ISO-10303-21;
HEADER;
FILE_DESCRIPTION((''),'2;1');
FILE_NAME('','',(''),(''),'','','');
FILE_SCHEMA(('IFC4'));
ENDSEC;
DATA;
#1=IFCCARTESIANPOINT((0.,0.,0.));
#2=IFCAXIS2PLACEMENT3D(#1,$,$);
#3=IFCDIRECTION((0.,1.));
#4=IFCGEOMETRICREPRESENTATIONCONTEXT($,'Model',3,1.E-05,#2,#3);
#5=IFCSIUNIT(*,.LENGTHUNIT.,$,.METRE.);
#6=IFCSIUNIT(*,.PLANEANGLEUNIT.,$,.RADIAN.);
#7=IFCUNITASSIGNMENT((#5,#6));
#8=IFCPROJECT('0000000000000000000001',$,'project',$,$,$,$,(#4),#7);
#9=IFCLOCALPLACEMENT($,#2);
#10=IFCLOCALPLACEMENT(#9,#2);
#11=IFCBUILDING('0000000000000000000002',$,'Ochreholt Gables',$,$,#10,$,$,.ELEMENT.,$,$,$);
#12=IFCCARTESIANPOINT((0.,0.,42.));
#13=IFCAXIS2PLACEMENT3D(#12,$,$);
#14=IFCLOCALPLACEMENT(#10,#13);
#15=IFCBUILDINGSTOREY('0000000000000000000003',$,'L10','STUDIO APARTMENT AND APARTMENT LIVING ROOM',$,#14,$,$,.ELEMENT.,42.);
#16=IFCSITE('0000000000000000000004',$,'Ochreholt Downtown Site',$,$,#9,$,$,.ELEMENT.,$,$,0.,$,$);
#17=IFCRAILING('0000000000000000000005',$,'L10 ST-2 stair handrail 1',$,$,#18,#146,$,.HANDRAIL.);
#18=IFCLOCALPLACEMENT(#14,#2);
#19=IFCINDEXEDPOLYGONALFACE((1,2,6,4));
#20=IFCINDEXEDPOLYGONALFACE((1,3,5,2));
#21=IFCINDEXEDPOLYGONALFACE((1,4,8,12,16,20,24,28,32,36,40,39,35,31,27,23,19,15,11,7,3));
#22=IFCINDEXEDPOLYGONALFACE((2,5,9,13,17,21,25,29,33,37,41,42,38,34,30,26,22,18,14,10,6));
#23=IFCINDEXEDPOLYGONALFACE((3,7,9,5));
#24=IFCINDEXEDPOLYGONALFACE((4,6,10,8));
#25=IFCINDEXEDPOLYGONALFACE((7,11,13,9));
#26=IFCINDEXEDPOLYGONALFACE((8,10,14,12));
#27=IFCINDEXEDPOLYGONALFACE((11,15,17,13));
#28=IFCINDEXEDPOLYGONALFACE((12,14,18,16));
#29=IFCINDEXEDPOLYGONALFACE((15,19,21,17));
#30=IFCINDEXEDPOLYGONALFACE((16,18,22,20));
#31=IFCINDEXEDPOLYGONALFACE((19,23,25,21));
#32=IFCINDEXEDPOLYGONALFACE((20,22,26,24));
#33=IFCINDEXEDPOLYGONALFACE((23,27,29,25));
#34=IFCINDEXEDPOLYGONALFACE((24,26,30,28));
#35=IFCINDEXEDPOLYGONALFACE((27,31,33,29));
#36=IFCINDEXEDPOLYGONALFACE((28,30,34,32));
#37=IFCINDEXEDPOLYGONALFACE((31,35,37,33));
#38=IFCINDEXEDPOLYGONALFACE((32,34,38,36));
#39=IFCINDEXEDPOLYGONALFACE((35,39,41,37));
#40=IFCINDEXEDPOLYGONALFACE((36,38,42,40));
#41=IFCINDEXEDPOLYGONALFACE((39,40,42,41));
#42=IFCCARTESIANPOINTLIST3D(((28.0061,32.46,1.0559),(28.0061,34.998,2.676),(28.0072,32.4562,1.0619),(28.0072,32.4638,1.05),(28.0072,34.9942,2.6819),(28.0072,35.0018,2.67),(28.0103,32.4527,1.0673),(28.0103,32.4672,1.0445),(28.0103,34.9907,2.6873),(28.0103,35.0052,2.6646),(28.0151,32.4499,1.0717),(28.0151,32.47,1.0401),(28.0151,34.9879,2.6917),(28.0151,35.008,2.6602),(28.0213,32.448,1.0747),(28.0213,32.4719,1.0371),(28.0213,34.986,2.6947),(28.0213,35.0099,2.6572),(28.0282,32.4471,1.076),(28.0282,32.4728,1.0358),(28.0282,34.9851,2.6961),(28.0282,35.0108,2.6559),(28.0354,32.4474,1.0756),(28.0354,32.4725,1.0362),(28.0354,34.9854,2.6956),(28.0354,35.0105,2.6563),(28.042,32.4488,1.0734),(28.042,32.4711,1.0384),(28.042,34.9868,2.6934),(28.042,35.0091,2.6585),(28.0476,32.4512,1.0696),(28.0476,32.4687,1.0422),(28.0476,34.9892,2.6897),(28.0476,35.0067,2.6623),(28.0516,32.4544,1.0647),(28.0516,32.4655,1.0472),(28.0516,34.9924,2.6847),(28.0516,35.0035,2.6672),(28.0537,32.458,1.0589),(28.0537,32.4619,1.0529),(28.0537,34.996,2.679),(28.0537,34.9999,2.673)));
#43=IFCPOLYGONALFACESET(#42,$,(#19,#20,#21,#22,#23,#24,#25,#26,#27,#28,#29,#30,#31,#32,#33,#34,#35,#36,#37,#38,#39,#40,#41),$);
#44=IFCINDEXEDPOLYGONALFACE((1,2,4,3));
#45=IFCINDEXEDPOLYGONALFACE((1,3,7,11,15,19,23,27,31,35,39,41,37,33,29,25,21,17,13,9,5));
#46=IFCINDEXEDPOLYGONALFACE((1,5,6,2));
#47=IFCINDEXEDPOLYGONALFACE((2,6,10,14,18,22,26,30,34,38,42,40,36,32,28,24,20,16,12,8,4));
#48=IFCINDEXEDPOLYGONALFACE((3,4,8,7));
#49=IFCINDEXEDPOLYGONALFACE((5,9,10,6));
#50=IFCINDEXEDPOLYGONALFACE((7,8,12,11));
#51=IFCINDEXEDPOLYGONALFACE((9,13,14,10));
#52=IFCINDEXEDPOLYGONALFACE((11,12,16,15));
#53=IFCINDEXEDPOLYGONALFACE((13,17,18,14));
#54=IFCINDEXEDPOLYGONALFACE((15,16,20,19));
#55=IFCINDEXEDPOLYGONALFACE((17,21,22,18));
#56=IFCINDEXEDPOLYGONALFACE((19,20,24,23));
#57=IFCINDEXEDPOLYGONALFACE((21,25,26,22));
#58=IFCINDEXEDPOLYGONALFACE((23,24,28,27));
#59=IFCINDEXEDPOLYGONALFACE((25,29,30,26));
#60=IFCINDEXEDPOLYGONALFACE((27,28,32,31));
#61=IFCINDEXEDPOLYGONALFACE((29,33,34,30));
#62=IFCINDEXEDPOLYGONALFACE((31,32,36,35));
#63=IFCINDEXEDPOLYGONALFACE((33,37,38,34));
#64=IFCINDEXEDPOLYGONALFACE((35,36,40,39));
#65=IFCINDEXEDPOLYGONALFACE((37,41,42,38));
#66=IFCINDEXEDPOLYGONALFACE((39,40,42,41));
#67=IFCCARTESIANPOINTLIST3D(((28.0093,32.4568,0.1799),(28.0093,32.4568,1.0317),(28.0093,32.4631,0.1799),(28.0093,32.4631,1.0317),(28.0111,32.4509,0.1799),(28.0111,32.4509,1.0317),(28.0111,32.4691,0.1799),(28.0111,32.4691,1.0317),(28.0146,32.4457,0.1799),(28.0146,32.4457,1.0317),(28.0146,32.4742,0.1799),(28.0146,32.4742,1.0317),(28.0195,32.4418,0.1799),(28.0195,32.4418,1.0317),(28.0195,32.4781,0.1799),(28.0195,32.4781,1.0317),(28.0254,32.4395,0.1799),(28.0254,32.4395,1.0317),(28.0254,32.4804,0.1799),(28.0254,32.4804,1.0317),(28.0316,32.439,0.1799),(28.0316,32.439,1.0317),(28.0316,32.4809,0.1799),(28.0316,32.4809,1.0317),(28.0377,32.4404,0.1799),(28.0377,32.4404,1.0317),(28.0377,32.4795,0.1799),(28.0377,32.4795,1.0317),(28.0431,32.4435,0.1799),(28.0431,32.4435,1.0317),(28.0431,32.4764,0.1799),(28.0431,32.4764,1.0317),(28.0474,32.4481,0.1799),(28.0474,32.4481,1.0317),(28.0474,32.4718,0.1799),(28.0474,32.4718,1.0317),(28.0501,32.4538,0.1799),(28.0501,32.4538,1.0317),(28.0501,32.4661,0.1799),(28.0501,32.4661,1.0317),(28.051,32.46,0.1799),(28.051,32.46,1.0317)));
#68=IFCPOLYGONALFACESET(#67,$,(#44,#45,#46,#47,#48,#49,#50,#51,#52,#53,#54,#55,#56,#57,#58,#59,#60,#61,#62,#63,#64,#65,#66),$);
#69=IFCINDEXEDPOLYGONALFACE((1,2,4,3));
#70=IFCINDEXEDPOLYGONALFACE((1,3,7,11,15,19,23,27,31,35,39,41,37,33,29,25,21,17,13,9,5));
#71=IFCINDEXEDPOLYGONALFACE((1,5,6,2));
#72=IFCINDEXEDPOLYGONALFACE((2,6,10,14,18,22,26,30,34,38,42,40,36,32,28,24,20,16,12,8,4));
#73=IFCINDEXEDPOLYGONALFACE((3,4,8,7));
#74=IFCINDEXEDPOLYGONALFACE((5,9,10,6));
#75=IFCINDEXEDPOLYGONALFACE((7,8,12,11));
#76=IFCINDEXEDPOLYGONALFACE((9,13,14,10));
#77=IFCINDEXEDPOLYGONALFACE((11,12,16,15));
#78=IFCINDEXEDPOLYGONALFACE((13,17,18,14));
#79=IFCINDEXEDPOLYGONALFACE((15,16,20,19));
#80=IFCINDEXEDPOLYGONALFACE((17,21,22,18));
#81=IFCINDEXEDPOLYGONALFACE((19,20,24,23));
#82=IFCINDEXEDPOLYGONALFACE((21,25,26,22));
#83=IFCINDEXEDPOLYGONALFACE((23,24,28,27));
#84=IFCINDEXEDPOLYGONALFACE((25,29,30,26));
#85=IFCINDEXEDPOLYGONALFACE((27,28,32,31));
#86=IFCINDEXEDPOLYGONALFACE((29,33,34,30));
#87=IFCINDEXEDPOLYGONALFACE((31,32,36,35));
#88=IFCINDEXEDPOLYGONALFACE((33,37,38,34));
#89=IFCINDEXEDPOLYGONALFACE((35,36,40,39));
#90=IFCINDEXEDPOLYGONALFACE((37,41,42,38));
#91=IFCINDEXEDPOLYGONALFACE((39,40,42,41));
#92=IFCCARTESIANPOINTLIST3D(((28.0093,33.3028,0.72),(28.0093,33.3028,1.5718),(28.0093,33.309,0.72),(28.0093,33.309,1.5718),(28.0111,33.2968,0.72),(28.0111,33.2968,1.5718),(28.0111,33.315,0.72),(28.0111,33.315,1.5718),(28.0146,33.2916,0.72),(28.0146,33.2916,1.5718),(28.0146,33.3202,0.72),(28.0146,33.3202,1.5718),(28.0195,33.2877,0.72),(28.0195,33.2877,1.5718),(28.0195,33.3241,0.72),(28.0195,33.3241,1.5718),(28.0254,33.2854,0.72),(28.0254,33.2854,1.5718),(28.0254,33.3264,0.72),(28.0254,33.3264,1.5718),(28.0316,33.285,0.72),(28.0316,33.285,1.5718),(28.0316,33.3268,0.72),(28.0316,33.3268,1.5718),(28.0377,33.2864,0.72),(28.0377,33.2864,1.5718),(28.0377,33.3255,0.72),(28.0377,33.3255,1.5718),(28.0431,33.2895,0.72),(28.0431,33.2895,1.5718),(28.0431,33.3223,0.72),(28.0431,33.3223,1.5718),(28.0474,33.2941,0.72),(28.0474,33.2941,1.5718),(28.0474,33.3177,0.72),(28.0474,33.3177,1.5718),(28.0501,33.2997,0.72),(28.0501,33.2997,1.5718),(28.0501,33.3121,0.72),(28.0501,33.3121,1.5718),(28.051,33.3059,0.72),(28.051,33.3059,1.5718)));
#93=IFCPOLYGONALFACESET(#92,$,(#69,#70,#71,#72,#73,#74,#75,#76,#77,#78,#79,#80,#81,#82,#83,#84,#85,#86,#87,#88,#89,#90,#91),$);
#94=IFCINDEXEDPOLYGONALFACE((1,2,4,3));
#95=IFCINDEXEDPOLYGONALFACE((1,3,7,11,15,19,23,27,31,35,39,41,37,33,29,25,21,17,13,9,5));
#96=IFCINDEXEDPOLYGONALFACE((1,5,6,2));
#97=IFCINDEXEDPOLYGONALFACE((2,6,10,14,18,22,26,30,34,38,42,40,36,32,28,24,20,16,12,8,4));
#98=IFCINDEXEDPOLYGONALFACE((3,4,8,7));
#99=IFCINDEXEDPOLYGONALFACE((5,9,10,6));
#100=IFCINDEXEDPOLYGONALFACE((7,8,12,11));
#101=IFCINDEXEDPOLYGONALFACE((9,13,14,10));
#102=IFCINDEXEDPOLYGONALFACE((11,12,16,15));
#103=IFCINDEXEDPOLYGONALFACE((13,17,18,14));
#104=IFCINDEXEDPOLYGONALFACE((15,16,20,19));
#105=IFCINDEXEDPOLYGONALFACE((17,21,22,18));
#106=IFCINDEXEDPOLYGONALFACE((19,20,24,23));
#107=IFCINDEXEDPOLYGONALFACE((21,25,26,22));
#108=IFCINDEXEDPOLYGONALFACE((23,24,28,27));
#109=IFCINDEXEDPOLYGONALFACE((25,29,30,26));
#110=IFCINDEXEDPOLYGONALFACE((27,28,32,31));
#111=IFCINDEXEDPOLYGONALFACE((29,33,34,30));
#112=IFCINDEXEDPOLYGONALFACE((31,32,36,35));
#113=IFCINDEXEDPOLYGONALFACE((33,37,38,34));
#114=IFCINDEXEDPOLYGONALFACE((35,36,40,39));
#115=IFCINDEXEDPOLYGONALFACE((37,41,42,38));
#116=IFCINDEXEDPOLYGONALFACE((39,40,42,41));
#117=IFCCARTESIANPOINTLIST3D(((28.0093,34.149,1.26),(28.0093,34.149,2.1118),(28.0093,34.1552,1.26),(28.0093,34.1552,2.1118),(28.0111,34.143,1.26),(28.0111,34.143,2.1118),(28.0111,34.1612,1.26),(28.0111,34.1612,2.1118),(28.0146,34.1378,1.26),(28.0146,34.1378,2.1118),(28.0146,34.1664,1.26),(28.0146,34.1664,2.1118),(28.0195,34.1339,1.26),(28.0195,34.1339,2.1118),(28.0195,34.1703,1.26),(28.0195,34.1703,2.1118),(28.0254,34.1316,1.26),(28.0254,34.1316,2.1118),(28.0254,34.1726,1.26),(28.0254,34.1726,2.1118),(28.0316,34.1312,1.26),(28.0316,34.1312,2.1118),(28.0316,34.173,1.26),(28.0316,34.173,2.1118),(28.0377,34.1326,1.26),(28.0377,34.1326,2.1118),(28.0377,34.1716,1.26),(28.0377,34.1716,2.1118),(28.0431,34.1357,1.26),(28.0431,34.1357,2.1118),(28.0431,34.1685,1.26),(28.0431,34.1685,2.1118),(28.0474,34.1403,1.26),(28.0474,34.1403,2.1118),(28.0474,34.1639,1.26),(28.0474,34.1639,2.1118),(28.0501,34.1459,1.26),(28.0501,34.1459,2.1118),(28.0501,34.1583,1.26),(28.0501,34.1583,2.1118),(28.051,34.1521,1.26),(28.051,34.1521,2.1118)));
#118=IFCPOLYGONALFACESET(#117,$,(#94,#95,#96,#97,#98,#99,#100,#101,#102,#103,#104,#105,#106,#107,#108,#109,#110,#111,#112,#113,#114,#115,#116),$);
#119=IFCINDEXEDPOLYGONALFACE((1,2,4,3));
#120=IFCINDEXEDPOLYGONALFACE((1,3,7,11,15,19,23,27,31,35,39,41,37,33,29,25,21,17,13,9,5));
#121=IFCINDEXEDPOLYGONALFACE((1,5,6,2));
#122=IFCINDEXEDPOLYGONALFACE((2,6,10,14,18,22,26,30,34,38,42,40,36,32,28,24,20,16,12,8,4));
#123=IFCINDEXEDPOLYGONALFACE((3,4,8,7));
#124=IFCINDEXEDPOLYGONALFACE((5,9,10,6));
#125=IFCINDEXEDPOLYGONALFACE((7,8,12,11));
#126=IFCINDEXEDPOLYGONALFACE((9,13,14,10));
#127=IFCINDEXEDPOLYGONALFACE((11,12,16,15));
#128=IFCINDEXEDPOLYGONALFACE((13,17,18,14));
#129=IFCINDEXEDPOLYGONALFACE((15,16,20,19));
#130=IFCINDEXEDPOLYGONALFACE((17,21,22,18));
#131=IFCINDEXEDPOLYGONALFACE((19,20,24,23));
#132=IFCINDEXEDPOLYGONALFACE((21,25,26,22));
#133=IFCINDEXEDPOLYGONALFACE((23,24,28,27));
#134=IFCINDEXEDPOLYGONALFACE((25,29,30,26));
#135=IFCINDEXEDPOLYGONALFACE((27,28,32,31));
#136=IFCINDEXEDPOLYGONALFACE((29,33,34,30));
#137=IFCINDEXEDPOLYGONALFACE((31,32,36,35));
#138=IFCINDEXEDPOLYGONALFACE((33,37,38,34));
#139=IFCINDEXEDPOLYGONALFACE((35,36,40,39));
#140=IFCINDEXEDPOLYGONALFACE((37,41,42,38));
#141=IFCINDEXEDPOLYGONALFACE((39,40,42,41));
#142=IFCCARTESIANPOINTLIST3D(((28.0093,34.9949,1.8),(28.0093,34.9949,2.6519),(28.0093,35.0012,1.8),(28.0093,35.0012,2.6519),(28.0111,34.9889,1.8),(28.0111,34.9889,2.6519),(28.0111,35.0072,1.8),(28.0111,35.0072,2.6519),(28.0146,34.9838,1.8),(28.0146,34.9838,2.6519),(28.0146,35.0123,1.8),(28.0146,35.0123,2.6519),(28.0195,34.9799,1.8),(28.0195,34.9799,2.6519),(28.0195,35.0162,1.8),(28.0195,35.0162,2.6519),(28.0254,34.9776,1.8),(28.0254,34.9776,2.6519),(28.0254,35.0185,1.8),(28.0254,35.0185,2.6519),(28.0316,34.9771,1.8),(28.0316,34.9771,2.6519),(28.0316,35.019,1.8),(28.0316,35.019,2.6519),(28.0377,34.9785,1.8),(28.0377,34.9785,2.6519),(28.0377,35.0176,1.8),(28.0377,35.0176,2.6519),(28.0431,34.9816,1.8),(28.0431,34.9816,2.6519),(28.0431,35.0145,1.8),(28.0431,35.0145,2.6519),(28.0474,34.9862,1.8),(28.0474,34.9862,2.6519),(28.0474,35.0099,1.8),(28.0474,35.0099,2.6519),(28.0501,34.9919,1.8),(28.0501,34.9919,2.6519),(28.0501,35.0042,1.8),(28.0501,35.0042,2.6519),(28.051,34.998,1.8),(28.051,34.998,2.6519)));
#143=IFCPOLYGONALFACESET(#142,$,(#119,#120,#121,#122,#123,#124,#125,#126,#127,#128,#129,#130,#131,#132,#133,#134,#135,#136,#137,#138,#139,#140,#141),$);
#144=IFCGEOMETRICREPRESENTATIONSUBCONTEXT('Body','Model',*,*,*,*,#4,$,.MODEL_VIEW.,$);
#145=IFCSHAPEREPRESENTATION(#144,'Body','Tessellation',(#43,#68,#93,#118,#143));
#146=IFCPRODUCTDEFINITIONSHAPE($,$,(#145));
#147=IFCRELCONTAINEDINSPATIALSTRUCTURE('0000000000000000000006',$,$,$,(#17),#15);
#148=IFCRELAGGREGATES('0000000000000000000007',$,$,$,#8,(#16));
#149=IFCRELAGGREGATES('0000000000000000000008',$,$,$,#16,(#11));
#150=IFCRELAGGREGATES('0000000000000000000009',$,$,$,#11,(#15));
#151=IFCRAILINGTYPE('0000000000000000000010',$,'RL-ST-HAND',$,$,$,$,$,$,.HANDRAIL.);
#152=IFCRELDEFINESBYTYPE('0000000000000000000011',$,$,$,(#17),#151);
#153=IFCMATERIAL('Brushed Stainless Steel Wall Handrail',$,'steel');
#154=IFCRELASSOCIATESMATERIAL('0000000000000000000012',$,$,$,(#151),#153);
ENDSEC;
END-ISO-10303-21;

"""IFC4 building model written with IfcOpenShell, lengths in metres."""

from ifc_helpers import new_model, si_unit, direction, frame, origin, origin_2d, place, context, subcontext, project, spatial, circle, extrude, material, type_object, element, save


model = new_model("IFC4")

# Units and contexts
model_context = context("Model", 3, precision=1e-05, world=origin(), true_north=direction((0.0, 1.0)))
body_context = subcontext(model_context, "Body", "Model", "MODEL_VIEW")
ifc_project = project(units=[si_unit("LENGTHUNIT", "METRE"), si_unit("PLANEANGLEUNIT", "RADIAN")], contexts=[model_context])

# Site, building, storey
site_placement = place(None, origin())
site = spatial("IfcSite", under=ifc_project, at=site_placement, Name="Ochreholt Downtown Site", CompositionType="ELEMENT", RefElevation=0.0)
building_placement = place(site_placement, origin())
building = spatial("IfcBuilding", under=site, at=building_placement, Name="Ochreholt Gables", CompositionType="ELEMENT")
storey_placement = place(building_placement, frame((0.0, 0.0, 42.0)))
storey = spatial("IfcBuildingStorey", under=building, at=storey_placement, Name="L10", Description="STUDIO APARTMENT AND APARTMENT LIVING ROOM", CompositionType="ELEMENT", Elevation=42.0)

# Railing
ifc_material_1 = material(Name="Brushed Stainless Steel Wall Handrail", Category="steel")
railing_type_1 = type_object("IfcRailingType", Name="RL-ST-HAND", PredefinedType="HANDRAIL", material=ifc_material_1)
railing_1_placement = place(storey_placement, frame((28.03, 32.46, 0.1799)))
element("IfcRailing", 1, at=railing_1_placement, inside=storey, type_object=railing_type_1, Name="L10 ST-2 stair handrail 1", PredefinedType="HANDRAIL", context=body_context, shape_type="SweptSolid", body=[
    extrude(circle(Radius=0.0239, at=origin_2d()), frame((0.0, 0.0, 0.876), z_axis=(0.0, 0.842913, 0.53805), x_axis=(-1.0, 0.0, 0.0)), (0.0, 0.0, 1.0), 3.011),
    extrude(circle(Radius=0.021, at=origin_2d()), origin(), (0.0, 0.0, 1.0), 0.8518),
    extrude(circle(Radius=0.021, at=origin_2d()), frame((0.0, 0.8459, 0.54)), (0.0, 0.0, 1.0), 0.8518),
    extrude(circle(Radius=0.021, at=origin_2d()), frame((0.0, 1.6921, 1.0801)), (0.0, 0.0, 1.0), 0.8518),
    extrude(circle(Radius=0.021, at=origin_2d()), frame((0.0, 2.5381, 1.6201)), (0.0, 0.0, 1.0), 0.8518),
])

save(model, "model.ifc")
